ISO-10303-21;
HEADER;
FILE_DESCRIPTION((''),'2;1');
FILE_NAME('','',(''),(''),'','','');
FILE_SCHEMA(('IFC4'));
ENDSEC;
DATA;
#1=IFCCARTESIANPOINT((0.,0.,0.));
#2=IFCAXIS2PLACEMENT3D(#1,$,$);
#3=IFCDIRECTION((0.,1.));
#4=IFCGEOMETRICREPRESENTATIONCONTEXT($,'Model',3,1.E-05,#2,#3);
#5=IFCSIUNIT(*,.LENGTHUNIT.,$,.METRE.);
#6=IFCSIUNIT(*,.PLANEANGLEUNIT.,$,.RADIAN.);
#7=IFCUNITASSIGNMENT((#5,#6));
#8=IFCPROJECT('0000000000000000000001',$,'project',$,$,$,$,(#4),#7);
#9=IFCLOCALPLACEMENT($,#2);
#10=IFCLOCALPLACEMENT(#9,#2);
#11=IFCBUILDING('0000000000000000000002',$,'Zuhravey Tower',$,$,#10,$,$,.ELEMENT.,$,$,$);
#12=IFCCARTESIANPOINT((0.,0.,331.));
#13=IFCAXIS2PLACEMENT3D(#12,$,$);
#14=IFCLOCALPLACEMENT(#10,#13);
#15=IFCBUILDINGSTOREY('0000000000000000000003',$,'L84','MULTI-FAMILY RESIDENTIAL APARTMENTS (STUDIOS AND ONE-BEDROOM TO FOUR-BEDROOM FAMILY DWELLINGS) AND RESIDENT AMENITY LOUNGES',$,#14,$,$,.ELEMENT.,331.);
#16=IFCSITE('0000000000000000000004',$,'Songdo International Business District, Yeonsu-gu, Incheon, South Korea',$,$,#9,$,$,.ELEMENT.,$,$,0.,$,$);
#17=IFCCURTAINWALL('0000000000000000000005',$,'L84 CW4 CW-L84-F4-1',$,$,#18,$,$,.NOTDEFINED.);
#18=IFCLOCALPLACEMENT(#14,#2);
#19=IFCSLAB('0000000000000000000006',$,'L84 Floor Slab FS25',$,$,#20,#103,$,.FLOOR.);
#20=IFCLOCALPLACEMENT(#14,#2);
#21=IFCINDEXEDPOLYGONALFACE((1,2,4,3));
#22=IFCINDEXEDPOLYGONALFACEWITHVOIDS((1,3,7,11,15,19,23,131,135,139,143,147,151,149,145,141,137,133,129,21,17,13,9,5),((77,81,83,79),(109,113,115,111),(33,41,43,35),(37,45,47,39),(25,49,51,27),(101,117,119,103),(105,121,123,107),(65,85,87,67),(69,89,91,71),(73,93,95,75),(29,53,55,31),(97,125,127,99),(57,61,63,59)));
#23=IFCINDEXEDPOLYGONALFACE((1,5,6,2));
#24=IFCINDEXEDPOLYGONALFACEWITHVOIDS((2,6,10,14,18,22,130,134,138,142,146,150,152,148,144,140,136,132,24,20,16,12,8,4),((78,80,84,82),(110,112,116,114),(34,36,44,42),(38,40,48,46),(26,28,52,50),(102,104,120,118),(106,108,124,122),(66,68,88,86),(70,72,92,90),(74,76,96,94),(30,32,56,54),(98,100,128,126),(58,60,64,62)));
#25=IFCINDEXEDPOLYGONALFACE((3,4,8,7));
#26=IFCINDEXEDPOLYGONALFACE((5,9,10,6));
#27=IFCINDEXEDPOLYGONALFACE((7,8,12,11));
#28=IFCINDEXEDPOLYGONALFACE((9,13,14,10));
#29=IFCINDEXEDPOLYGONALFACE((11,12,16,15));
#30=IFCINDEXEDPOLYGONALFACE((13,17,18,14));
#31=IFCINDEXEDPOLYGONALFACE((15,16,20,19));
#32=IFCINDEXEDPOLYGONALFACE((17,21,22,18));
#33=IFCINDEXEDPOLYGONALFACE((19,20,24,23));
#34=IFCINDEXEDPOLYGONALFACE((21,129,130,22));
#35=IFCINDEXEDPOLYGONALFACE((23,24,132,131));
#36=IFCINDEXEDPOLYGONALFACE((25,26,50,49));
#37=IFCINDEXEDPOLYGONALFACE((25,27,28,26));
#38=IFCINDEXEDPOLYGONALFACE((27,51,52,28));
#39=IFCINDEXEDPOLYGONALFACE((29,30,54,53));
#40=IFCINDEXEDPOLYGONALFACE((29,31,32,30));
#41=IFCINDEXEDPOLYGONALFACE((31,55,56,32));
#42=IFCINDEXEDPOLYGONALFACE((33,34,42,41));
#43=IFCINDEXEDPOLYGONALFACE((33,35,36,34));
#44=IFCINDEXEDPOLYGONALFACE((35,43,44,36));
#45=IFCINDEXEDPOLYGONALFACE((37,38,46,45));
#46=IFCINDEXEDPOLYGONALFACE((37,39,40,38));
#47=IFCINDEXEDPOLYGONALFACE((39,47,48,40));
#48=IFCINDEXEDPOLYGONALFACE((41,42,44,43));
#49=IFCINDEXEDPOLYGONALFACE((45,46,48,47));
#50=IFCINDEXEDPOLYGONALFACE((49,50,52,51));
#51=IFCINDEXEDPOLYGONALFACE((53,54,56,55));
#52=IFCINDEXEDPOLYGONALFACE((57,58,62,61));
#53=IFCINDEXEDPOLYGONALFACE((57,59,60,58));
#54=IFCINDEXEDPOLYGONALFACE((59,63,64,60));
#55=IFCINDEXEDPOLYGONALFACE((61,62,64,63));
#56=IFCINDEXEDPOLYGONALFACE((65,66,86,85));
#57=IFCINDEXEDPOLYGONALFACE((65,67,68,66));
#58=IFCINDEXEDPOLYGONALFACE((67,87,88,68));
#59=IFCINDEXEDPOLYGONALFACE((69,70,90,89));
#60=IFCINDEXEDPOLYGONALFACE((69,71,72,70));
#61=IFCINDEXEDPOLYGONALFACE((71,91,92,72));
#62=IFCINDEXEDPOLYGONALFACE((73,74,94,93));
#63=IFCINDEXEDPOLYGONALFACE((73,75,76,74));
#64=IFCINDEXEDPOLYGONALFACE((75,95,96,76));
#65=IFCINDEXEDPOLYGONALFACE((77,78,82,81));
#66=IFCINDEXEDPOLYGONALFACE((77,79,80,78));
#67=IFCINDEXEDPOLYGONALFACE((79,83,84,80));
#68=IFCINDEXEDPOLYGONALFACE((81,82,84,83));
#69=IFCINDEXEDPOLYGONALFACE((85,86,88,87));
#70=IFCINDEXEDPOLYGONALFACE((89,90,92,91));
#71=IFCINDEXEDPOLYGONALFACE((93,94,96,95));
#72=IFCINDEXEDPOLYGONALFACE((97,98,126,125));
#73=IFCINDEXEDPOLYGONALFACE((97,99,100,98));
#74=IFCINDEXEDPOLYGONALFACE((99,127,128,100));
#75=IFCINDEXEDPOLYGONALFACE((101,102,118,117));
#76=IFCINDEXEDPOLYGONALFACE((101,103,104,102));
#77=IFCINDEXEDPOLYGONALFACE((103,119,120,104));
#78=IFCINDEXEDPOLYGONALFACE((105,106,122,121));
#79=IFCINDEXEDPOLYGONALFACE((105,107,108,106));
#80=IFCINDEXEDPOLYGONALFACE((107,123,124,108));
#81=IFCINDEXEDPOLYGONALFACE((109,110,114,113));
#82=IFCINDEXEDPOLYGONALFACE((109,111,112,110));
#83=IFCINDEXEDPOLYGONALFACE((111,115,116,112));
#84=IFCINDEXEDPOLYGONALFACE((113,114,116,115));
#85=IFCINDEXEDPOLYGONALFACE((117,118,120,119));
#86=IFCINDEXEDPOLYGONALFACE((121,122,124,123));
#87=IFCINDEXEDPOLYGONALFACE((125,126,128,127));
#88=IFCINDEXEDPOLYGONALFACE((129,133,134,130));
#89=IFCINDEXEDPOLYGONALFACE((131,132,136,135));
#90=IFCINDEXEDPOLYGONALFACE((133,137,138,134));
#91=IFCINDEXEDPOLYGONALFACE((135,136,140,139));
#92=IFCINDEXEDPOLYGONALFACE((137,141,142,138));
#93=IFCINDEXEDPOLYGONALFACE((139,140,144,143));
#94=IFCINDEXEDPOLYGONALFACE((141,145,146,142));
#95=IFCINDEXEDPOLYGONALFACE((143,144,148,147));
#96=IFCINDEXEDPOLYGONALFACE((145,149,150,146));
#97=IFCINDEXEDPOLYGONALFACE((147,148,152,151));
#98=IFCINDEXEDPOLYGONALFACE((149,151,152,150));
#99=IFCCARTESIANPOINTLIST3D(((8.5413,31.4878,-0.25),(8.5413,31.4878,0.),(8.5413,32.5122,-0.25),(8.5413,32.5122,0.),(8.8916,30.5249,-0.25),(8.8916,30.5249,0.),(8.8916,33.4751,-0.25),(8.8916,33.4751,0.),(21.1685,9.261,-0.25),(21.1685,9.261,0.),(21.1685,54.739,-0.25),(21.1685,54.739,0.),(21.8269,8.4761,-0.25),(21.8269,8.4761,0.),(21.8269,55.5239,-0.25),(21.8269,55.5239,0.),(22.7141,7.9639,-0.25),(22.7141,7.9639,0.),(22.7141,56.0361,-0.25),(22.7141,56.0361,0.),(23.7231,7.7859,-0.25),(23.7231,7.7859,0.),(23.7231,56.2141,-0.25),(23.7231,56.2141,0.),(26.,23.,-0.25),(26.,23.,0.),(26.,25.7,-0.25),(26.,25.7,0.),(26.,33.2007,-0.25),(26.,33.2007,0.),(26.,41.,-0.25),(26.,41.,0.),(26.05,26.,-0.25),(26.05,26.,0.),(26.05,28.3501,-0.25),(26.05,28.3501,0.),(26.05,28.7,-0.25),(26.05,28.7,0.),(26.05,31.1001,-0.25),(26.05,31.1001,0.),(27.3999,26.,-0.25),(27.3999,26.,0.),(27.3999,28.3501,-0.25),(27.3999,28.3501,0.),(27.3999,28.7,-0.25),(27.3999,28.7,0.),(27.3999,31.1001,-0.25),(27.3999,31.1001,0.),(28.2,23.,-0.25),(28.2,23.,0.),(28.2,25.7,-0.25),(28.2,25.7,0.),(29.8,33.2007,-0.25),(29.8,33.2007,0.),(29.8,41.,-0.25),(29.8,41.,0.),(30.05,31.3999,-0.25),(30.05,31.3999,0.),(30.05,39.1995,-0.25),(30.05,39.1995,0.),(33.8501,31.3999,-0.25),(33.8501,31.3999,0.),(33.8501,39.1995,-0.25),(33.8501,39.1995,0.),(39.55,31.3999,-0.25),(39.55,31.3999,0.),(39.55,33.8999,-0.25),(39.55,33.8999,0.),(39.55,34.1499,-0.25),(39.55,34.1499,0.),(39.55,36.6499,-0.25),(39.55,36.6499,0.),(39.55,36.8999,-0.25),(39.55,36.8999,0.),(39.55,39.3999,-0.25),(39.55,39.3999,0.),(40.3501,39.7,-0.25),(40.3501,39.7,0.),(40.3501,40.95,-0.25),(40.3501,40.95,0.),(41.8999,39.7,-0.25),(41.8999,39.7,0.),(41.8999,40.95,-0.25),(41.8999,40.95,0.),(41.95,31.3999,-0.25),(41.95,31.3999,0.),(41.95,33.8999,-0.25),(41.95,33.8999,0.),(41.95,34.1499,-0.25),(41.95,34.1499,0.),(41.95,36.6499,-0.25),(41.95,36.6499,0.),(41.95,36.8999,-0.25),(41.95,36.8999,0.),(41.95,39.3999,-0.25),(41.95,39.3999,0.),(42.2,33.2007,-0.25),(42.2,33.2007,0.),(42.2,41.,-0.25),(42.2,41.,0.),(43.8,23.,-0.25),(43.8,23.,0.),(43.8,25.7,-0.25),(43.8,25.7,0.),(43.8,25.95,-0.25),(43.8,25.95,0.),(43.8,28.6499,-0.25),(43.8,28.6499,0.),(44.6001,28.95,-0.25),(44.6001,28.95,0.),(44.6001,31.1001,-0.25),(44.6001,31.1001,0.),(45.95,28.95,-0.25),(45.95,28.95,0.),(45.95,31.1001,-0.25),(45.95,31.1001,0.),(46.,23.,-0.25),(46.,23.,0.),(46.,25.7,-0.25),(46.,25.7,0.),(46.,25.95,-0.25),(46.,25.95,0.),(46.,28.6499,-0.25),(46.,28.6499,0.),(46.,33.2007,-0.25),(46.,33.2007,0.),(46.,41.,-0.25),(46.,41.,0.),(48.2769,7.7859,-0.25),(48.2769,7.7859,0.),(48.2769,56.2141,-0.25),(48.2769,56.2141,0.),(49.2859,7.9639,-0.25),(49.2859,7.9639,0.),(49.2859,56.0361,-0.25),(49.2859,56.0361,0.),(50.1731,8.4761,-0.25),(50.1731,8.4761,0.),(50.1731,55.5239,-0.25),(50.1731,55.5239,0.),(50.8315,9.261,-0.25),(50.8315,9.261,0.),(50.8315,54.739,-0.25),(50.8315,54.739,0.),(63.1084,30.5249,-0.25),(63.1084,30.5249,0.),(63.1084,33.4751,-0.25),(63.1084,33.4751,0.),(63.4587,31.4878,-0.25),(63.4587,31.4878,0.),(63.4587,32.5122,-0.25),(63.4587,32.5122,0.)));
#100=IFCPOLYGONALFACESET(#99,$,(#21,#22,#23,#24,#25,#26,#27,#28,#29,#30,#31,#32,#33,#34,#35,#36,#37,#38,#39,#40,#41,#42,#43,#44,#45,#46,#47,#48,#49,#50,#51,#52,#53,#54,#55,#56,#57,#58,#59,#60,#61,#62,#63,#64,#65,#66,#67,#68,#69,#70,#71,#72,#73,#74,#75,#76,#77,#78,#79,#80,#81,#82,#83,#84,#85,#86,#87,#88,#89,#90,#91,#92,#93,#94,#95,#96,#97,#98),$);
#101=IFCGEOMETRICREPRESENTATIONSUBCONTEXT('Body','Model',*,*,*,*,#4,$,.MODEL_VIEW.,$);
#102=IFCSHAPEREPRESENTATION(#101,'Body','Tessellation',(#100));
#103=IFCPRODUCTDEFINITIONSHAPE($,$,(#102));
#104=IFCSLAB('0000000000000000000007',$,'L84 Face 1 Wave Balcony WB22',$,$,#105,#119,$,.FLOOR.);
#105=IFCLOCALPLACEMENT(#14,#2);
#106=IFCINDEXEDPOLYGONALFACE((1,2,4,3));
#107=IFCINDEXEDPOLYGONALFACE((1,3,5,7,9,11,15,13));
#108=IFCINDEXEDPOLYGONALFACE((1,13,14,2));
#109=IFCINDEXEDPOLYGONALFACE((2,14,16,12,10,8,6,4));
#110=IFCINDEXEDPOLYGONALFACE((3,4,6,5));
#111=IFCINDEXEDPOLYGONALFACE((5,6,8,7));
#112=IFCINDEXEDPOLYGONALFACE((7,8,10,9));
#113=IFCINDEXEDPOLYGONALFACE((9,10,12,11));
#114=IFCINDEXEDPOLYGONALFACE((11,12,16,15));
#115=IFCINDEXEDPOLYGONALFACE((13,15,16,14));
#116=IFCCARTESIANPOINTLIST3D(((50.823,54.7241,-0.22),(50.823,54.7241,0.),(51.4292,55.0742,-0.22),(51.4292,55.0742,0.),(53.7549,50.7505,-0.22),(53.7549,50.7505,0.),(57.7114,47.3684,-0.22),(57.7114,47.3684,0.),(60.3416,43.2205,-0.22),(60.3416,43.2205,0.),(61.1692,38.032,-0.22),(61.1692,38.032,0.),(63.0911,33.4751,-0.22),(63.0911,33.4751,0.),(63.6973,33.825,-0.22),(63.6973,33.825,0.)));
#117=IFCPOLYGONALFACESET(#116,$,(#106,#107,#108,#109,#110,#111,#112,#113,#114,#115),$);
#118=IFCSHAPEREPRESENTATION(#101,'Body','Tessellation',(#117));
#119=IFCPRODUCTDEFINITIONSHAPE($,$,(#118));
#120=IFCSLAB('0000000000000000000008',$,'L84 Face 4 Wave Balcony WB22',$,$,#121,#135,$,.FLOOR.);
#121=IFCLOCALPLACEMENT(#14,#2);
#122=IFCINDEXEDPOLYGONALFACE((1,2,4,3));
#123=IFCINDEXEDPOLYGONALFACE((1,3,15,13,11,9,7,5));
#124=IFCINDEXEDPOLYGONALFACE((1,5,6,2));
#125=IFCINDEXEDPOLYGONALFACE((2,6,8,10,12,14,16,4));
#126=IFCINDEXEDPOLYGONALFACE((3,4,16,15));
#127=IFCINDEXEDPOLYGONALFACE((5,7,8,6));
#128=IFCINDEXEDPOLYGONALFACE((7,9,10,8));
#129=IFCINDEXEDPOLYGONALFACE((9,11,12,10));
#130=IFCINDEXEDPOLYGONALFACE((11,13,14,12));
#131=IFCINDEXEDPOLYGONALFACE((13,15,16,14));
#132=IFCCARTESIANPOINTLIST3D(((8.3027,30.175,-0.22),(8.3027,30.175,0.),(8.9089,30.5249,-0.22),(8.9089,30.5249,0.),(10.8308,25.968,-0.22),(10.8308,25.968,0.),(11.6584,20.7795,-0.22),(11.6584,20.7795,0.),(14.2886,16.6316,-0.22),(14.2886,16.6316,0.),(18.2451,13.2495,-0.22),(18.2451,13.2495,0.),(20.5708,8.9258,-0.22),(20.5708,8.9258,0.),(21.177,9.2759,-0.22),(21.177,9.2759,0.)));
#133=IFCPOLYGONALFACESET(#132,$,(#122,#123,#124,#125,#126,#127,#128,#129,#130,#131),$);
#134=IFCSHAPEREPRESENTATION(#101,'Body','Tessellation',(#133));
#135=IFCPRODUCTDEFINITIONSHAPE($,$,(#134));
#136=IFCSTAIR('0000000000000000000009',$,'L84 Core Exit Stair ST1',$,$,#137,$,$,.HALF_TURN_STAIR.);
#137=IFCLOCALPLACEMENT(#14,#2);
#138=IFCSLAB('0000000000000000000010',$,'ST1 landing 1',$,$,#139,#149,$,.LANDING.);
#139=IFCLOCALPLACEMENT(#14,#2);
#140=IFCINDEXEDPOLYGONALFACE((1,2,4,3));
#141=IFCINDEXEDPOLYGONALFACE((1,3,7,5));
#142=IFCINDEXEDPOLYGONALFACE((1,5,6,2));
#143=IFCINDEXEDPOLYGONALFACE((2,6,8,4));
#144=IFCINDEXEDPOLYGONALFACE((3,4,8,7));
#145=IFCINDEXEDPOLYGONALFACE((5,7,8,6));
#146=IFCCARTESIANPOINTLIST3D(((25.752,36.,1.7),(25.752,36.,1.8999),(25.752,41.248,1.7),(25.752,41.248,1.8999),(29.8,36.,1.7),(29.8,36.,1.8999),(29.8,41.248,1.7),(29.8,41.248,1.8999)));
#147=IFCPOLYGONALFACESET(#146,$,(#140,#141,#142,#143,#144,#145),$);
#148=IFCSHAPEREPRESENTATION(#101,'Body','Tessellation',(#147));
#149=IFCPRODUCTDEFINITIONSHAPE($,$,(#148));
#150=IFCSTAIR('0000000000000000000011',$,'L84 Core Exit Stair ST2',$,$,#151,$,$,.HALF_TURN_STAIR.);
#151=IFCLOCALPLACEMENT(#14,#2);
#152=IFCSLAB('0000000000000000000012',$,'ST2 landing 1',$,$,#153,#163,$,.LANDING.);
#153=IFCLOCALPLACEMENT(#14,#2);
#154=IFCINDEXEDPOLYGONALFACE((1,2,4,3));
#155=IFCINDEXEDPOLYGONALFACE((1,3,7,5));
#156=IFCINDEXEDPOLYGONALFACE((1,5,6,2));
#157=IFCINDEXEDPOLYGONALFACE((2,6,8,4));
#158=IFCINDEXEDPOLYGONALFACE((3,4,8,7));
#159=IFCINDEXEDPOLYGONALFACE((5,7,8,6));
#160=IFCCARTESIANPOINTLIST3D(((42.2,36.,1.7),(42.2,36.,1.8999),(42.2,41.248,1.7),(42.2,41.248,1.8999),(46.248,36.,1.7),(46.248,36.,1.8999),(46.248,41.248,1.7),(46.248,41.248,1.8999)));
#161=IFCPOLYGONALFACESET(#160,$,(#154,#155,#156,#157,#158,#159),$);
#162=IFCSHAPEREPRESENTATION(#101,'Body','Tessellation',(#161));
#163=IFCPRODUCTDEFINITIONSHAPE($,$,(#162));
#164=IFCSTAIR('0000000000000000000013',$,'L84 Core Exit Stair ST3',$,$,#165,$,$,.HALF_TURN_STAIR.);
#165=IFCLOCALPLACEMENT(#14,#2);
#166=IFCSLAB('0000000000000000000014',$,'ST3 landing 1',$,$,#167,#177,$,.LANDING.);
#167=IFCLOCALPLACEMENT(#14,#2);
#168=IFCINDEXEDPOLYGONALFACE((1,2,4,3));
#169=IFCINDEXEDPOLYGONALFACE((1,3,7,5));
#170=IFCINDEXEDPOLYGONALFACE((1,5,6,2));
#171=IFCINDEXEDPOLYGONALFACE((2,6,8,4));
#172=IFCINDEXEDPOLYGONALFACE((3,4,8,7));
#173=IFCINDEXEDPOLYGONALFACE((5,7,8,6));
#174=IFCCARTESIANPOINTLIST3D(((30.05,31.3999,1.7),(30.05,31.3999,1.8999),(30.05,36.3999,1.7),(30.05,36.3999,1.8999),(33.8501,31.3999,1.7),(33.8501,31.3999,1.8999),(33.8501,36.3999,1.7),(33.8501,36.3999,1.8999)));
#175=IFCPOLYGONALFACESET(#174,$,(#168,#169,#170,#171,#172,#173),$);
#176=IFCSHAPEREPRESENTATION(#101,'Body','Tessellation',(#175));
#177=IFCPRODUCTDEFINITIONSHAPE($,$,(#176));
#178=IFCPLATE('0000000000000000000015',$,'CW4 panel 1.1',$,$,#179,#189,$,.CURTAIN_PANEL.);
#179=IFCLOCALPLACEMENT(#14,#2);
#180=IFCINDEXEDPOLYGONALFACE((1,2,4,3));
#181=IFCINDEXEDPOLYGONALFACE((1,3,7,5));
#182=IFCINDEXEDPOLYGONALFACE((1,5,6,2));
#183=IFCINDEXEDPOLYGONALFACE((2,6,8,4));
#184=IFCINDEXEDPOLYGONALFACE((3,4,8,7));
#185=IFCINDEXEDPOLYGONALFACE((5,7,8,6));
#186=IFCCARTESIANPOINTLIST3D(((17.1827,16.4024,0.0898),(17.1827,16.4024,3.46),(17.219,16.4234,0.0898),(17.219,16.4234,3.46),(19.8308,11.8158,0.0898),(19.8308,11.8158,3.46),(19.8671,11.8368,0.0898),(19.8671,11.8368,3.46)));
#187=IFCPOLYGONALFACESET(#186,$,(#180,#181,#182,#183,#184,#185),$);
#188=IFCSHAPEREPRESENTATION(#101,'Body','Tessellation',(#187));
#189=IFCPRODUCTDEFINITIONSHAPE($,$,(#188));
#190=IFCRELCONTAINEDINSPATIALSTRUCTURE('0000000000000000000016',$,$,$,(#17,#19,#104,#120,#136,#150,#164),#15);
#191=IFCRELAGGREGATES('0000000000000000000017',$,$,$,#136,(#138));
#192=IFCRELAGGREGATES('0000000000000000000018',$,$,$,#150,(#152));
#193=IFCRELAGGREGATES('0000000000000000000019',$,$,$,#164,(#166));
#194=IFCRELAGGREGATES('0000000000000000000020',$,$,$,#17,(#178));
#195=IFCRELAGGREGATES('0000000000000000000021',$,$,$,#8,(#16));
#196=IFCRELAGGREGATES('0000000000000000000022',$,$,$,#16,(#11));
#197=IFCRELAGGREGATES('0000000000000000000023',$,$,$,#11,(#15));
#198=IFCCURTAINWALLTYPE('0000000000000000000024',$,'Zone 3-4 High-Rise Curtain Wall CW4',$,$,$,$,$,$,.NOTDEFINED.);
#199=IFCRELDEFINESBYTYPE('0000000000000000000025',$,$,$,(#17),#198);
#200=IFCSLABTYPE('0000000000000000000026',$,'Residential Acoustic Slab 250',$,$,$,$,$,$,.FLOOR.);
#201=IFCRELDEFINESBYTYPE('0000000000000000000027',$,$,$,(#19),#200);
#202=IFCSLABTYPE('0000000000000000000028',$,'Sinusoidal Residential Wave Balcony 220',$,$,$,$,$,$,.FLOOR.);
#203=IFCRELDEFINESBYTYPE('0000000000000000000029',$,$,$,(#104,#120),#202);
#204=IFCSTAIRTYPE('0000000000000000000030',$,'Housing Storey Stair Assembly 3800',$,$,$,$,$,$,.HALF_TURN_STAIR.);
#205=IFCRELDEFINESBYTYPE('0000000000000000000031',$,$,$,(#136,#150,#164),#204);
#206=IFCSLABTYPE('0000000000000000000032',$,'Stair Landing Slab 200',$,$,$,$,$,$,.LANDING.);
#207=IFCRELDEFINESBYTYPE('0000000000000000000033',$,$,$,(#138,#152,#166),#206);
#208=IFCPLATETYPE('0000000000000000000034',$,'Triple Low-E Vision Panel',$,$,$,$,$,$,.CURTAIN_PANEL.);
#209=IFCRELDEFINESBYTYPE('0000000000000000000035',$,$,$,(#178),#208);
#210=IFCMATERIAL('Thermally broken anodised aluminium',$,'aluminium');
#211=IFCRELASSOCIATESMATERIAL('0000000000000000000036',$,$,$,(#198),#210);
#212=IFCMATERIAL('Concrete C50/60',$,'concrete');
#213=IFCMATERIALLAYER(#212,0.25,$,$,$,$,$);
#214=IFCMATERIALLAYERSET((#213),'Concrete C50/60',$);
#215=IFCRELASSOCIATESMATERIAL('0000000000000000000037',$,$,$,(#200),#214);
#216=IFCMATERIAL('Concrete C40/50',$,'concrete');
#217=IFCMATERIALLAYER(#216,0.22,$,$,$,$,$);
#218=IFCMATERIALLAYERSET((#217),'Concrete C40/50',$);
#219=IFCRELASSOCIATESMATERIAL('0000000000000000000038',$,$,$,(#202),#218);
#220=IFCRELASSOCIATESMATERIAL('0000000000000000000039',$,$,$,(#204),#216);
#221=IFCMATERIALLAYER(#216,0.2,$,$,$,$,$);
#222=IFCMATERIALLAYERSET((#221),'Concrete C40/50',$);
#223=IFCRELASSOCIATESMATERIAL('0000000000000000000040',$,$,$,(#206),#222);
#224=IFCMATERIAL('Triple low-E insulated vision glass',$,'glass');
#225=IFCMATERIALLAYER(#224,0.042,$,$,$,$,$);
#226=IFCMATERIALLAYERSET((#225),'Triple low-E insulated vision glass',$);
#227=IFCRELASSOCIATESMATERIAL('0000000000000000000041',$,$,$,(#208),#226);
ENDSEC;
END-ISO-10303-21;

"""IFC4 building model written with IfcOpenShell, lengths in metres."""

from ifc_helpers import new_model, si_unit, direction, frame, origin, origin_2d, place, context, subcontext, project, spatial, polyline, rectangle, outline, extrude, material, layer, layer_set, type_object, element, aggregate, save


model = new_model("IFC4")

# Units and contexts
model_context = context("Model", 3, precision=1e-05, world=origin(), true_north=direction((0.0, 1.0)))
body_context = subcontext(model_context, "Body", "Model", "MODEL_VIEW")
ifc_project = project(units=[si_unit("LENGTHUNIT", "METRE"), si_unit("PLANEANGLEUNIT", "RADIAN")], contexts=[model_context])

# Site, building, storey
site_placement = place(None, origin())
site = spatial("IfcSite", under=ifc_project, at=site_placement, Name="Songdo International Business District, Yeonsu-gu, Incheon, South Korea", CompositionType="ELEMENT", RefElevation=0.0)
building_placement = place(site_placement, origin())
building = spatial("IfcBuilding", under=site, at=building_placement, Name="Zuhravey Tower", CompositionType="ELEMENT")
storey_placement = place(building_placement, frame((0.0, 0.0, 331.0)))
storey = spatial("IfcBuildingStorey", under=building, at=storey_placement, Name="L84", Description="MULTI-FAMILY RESIDENTIAL APARTMENTS (STUDIOS AND ONE-BEDROOM TO FOUR-BEDROOM FAMILY DWELLINGS) AND RESIDENT AMENITY LOUNGES", CompositionType="ELEMENT", Elevation=331.0)

# Shared definitions
ifc_material_1 = material(Name="Concrete C50/60", Category="concrete")

# Curtain wall
ifc_material_2 = material(Name="Thermally broken anodised aluminium", Category="aluminium")
curtain_wall_type = type_object("IfcCurtainWallType", Name="Zone 3-4 High-Rise Curtain Wall CW4", PredefinedType="NOTDEFINED", material=ifc_material_2)
curtain_wall_placement = place(storey_placement, origin())
curtain_wall = element("IfcCurtainWall", 1, at=curtain_wall_placement, inside=storey, type_object=curtain_wall_type, Name="L84 CW4 CW-L84-F4-1", PredefinedType="NOTDEFINED")

# Slabs
ifc_layer_1 = layer(ifc_material_1, 0.25)
ifc_layer_set_1 = layer_set([ifc_layer_1], Name="Concrete C50/60")
slab_type_1 = type_object("IfcSlabType", Name="Residential Acoustic Slab 250", PredefinedType="FLOOR", material=ifc_layer_set_1)
slab_1_placement = place(storey_placement, frame((0.0, 0.0, -0.25)))
element("IfcSlab", 2, at=slab_1_placement, inside=storey, type_object=slab_type_1, Name="L84 Floor Slab FS25", PredefinedType="FLOOR", context=body_context, shape_type="SweptSolid", body=[
    extrude(outline(polyline([(63.1084, 30.5249), (63.4587, 31.4878), (63.4587, 32.5122), (63.1084, 33.4751), (50.8315, 54.739), (50.1731, 55.5239), (49.2859, 56.0361), (48.2769, 56.2141), (23.7231, 56.2141), (22.7141, 56.0361), (21.8269, 55.5239), (21.1685, 54.739), (8.8916, 33.4751), (8.5413, 32.5122), (8.5413, 31.4878), (8.8916, 30.5249), (21.1685, 9.261), (21.8269, 8.4761), (22.7141, 7.9639), (23.7231, 7.7859), (48.2769, 7.7859), (49.2859, 7.9639), (50.1731, 8.4761), (50.8315, 9.261), (63.1084, 30.5249)]), holes=[polyline([(29.8, 33.2007), (29.8, 41.0), (26.0, 41.0), (26.0, 33.2007), (29.8, 33.2007)]), polyline([(46.0, 33.2007), (46.0, 41.0), (42.2, 41.0), (42.2, 33.2007), (46.0, 33.2007)]), polyline([(30.05, 39.1995), (30.05, 31.3999), (33.8501, 31.3999), (33.8501, 39.1995), (30.05, 39.1995)]), polyline([(39.55, 31.3999), (41.95, 31.3999), (41.95, 33.8999), (39.55, 33.8999), (39.55, 31.3999)]), polyline([(39.55, 34.1499), (41.95, 34.1499), (41.95, 36.6499), (39.55, 36.6499), (39.55, 34.1499)]), polyline([(39.55, 36.8999), (41.95, 36.8999), (41.95, 39.3999), (39.55, 39.3999), (39.55, 36.8999)]), polyline([(26.0, 23.0), (28.2, 23.0), (28.2, 25.7), (26.0, 25.7), (26.0, 23.0)]), polyline([(43.8, 23.0), (46.0, 23.0), (46.0, 25.7), (43.8, 25.7), (43.8, 23.0)]), polyline([(43.8, 25.95), (46.0, 25.95), (46.0, 28.6499), (43.8, 28.6499), (43.8, 25.95)]), polyline([(26.05, 26.0), (27.3999, 26.0), (27.3999, 28.3501), (26.05, 28.3501), (26.05, 26.0)]), polyline([(26.05, 28.7), (27.3999, 28.7), (27.3999, 31.1001), (26.05, 31.1001), (26.05, 28.7)]), polyline([(44.6001, 28.95), (45.95, 28.95), (45.95, 31.1001), (44.6001, 31.1001), (44.6001, 28.95)]), polyline([(40.3501, 39.7), (41.8999, 39.7), (41.8999, 40.95), (40.3501, 40.95), (40.3501, 39.7)])]), origin(), (0.0, 0.0, 1.0), 0.25),
])
ifc_material_3 = material(Name="Concrete C40/50", Category="concrete")
ifc_layer_2 = layer(ifc_material_3, 0.22)
ifc_layer_set_2 = layer_set([ifc_layer_2], Name="Concrete C40/50")
slab_type_2 = type_object("IfcSlabType", Name="Sinusoidal Residential Wave Balcony 220", PredefinedType="FLOOR", material=ifc_layer_set_2)
slab_2_placement = place(storey_placement, frame((0.0, 0.0, -0.22)))
element("IfcSlab", 3, at=slab_2_placement, inside=storey, type_object=slab_type_2, Name="L84 Face 1 Wave Balcony WB22", PredefinedType="FLOOR", context=body_context, shape_type="SweptSolid", body=[
    extrude(outline(polyline([(63.0911, 33.4751), (50.823, 54.7241), (51.4292, 55.0742), (53.7549, 50.7505), (57.7114, 47.3684), (60.3416, 43.2205), (61.1692, 38.032), (63.6973, 33.825), (63.0911, 33.4751)])), origin(), (0.0, 0.0, 1.0), 0.22),
])
slab_3_placement = place(storey_placement, frame((0.0, 0.0, -0.22)))
element("IfcSlab", 4, at=slab_3_placement, inside=storey, type_object=slab_type_2, Name="L84 Face 4 Wave Balcony WB22", PredefinedType="FLOOR", context=body_context, shape_type="SweptSolid", body=[
    extrude(outline(polyline([(8.9089, 30.5249), (21.177, 9.2759), (20.5708, 8.9258), (18.2451, 13.2495), (14.2886, 16.6316), (11.6584, 20.7795), (10.8308, 25.968), (8.3027, 30.175), (8.9089, 30.5249)])), origin(), (0.0, 0.0, 1.0), 0.22),
])

# Stairs, slabs
stair_type = type_object("IfcStairType", Name="Housing Storey Stair Assembly 3800", PredefinedType="HALF_TURN_STAIR", material=ifc_material_3)
stair_1_placement = place(storey_placement, origin())
stair_1 = element("IfcStair", 5, at=stair_1_placement, inside=storey, type_object=stair_type, Name="L84 Core Exit Stair ST1", PredefinedType="HALF_TURN_STAIR")
ifc_layer_3 = layer(ifc_material_3, 0.2)
ifc_layer_set_3 = layer_set([ifc_layer_3], Name="Concrete C40/50")
slab_type_3 = type_object("IfcSlabType", Name="Stair Landing Slab 200", PredefinedType="LANDING", material=ifc_layer_set_3)
slab_4_placement = place(storey_placement, frame((0.0, 0.0, 1.7)))
slab_4 = element("IfcSlab", 6, at=slab_4_placement, type_object=slab_type_3, Name="ST1 landing 1", PredefinedType="LANDING", context=body_context, shape_type="SweptSolid", body=[
    extrude(outline(polyline([(29.8, 36.0), (29.8, 41.248), (25.752, 41.248), (25.752, 36.0), (29.8, 36.0)])), origin(), (0.0, 0.0, 1.0), 0.2),
])
aggregate(stair_1, [slab_4])
stair_2_placement = place(storey_placement, origin())
stair_2 = element("IfcStair", 7, at=stair_2_placement, inside=storey, type_object=stair_type, Name="L84 Core Exit Stair ST2", PredefinedType="HALF_TURN_STAIR")
slab_5_placement = place(storey_placement, frame((0.0, 0.0, 1.7)))
slab_5 = element("IfcSlab", 8, at=slab_5_placement, type_object=slab_type_3, Name="ST2 landing 1", PredefinedType="LANDING", context=body_context, shape_type="SweptSolid", body=[
    extrude(outline(polyline([(46.248, 36.0), (46.248, 41.248), (42.2, 41.248), (42.2, 36.0), (46.248, 36.0)])), origin(), (0.0, 0.0, 1.0), 0.2),
])
aggregate(stair_2, [slab_5])
stair_3_placement = place(storey_placement, origin())
stair_3 = element("IfcStair", 9, at=stair_3_placement, inside=storey, type_object=stair_type, Name="L84 Core Exit Stair ST3", PredefinedType="HALF_TURN_STAIR")
slab_6_placement = place(storey_placement, frame((0.0, 0.0, 1.7)))
slab_6 = element("IfcSlab", 10, at=slab_6_placement, type_object=slab_type_3, Name="ST3 landing 1", PredefinedType="LANDING", context=body_context, shape_type="SweptSolid", body=[
    extrude(outline(polyline([(30.05, 36.3999), (30.05, 31.3999), (33.8501, 31.3999), (33.8501, 36.3999), (30.05, 36.3999)])), origin(), (0.0, 0.0, 1.0), 0.2),
])
aggregate(stair_3, [slab_6])

# Plate
ifc_material_4 = material(Name="Triple low-E insulated vision glass", Category="glass")
ifc_layer_4 = layer(ifc_material_4, 0.042)
ifc_layer_set_4 = layer_set([ifc_layer_4], Name="Triple low-E insulated vision glass")
plate_type_1 = type_object("IfcPlateType", Name="Triple Low-E Vision Panel", PredefinedType="CURTAIN_PANEL", material=ifc_layer_set_4)
plate_1_placement = place(storey_placement, frame((18.5249, 14.1196, 0.0898), z_axis=(0.0, 0.0, 1.0), x_axis=(-0.500001, 0.866025, 0.0)))
plate_1 = element("IfcPlate", 11, at=plate_1_placement, type_object=plate_type_1, Name="CW4 panel 1.1", PredefinedType="CURTAIN_PANEL", context=body_context, shape_type="SweptSolid", body=[
    extrude(rectangle(XDim=5.2961, YDim=0.042, at=origin_2d()), origin(), (0.0, 0.0, 1.0), 3.3701),
])
aggregate(curtain_wall, [plate_1])

save(model, "model.ifc")
